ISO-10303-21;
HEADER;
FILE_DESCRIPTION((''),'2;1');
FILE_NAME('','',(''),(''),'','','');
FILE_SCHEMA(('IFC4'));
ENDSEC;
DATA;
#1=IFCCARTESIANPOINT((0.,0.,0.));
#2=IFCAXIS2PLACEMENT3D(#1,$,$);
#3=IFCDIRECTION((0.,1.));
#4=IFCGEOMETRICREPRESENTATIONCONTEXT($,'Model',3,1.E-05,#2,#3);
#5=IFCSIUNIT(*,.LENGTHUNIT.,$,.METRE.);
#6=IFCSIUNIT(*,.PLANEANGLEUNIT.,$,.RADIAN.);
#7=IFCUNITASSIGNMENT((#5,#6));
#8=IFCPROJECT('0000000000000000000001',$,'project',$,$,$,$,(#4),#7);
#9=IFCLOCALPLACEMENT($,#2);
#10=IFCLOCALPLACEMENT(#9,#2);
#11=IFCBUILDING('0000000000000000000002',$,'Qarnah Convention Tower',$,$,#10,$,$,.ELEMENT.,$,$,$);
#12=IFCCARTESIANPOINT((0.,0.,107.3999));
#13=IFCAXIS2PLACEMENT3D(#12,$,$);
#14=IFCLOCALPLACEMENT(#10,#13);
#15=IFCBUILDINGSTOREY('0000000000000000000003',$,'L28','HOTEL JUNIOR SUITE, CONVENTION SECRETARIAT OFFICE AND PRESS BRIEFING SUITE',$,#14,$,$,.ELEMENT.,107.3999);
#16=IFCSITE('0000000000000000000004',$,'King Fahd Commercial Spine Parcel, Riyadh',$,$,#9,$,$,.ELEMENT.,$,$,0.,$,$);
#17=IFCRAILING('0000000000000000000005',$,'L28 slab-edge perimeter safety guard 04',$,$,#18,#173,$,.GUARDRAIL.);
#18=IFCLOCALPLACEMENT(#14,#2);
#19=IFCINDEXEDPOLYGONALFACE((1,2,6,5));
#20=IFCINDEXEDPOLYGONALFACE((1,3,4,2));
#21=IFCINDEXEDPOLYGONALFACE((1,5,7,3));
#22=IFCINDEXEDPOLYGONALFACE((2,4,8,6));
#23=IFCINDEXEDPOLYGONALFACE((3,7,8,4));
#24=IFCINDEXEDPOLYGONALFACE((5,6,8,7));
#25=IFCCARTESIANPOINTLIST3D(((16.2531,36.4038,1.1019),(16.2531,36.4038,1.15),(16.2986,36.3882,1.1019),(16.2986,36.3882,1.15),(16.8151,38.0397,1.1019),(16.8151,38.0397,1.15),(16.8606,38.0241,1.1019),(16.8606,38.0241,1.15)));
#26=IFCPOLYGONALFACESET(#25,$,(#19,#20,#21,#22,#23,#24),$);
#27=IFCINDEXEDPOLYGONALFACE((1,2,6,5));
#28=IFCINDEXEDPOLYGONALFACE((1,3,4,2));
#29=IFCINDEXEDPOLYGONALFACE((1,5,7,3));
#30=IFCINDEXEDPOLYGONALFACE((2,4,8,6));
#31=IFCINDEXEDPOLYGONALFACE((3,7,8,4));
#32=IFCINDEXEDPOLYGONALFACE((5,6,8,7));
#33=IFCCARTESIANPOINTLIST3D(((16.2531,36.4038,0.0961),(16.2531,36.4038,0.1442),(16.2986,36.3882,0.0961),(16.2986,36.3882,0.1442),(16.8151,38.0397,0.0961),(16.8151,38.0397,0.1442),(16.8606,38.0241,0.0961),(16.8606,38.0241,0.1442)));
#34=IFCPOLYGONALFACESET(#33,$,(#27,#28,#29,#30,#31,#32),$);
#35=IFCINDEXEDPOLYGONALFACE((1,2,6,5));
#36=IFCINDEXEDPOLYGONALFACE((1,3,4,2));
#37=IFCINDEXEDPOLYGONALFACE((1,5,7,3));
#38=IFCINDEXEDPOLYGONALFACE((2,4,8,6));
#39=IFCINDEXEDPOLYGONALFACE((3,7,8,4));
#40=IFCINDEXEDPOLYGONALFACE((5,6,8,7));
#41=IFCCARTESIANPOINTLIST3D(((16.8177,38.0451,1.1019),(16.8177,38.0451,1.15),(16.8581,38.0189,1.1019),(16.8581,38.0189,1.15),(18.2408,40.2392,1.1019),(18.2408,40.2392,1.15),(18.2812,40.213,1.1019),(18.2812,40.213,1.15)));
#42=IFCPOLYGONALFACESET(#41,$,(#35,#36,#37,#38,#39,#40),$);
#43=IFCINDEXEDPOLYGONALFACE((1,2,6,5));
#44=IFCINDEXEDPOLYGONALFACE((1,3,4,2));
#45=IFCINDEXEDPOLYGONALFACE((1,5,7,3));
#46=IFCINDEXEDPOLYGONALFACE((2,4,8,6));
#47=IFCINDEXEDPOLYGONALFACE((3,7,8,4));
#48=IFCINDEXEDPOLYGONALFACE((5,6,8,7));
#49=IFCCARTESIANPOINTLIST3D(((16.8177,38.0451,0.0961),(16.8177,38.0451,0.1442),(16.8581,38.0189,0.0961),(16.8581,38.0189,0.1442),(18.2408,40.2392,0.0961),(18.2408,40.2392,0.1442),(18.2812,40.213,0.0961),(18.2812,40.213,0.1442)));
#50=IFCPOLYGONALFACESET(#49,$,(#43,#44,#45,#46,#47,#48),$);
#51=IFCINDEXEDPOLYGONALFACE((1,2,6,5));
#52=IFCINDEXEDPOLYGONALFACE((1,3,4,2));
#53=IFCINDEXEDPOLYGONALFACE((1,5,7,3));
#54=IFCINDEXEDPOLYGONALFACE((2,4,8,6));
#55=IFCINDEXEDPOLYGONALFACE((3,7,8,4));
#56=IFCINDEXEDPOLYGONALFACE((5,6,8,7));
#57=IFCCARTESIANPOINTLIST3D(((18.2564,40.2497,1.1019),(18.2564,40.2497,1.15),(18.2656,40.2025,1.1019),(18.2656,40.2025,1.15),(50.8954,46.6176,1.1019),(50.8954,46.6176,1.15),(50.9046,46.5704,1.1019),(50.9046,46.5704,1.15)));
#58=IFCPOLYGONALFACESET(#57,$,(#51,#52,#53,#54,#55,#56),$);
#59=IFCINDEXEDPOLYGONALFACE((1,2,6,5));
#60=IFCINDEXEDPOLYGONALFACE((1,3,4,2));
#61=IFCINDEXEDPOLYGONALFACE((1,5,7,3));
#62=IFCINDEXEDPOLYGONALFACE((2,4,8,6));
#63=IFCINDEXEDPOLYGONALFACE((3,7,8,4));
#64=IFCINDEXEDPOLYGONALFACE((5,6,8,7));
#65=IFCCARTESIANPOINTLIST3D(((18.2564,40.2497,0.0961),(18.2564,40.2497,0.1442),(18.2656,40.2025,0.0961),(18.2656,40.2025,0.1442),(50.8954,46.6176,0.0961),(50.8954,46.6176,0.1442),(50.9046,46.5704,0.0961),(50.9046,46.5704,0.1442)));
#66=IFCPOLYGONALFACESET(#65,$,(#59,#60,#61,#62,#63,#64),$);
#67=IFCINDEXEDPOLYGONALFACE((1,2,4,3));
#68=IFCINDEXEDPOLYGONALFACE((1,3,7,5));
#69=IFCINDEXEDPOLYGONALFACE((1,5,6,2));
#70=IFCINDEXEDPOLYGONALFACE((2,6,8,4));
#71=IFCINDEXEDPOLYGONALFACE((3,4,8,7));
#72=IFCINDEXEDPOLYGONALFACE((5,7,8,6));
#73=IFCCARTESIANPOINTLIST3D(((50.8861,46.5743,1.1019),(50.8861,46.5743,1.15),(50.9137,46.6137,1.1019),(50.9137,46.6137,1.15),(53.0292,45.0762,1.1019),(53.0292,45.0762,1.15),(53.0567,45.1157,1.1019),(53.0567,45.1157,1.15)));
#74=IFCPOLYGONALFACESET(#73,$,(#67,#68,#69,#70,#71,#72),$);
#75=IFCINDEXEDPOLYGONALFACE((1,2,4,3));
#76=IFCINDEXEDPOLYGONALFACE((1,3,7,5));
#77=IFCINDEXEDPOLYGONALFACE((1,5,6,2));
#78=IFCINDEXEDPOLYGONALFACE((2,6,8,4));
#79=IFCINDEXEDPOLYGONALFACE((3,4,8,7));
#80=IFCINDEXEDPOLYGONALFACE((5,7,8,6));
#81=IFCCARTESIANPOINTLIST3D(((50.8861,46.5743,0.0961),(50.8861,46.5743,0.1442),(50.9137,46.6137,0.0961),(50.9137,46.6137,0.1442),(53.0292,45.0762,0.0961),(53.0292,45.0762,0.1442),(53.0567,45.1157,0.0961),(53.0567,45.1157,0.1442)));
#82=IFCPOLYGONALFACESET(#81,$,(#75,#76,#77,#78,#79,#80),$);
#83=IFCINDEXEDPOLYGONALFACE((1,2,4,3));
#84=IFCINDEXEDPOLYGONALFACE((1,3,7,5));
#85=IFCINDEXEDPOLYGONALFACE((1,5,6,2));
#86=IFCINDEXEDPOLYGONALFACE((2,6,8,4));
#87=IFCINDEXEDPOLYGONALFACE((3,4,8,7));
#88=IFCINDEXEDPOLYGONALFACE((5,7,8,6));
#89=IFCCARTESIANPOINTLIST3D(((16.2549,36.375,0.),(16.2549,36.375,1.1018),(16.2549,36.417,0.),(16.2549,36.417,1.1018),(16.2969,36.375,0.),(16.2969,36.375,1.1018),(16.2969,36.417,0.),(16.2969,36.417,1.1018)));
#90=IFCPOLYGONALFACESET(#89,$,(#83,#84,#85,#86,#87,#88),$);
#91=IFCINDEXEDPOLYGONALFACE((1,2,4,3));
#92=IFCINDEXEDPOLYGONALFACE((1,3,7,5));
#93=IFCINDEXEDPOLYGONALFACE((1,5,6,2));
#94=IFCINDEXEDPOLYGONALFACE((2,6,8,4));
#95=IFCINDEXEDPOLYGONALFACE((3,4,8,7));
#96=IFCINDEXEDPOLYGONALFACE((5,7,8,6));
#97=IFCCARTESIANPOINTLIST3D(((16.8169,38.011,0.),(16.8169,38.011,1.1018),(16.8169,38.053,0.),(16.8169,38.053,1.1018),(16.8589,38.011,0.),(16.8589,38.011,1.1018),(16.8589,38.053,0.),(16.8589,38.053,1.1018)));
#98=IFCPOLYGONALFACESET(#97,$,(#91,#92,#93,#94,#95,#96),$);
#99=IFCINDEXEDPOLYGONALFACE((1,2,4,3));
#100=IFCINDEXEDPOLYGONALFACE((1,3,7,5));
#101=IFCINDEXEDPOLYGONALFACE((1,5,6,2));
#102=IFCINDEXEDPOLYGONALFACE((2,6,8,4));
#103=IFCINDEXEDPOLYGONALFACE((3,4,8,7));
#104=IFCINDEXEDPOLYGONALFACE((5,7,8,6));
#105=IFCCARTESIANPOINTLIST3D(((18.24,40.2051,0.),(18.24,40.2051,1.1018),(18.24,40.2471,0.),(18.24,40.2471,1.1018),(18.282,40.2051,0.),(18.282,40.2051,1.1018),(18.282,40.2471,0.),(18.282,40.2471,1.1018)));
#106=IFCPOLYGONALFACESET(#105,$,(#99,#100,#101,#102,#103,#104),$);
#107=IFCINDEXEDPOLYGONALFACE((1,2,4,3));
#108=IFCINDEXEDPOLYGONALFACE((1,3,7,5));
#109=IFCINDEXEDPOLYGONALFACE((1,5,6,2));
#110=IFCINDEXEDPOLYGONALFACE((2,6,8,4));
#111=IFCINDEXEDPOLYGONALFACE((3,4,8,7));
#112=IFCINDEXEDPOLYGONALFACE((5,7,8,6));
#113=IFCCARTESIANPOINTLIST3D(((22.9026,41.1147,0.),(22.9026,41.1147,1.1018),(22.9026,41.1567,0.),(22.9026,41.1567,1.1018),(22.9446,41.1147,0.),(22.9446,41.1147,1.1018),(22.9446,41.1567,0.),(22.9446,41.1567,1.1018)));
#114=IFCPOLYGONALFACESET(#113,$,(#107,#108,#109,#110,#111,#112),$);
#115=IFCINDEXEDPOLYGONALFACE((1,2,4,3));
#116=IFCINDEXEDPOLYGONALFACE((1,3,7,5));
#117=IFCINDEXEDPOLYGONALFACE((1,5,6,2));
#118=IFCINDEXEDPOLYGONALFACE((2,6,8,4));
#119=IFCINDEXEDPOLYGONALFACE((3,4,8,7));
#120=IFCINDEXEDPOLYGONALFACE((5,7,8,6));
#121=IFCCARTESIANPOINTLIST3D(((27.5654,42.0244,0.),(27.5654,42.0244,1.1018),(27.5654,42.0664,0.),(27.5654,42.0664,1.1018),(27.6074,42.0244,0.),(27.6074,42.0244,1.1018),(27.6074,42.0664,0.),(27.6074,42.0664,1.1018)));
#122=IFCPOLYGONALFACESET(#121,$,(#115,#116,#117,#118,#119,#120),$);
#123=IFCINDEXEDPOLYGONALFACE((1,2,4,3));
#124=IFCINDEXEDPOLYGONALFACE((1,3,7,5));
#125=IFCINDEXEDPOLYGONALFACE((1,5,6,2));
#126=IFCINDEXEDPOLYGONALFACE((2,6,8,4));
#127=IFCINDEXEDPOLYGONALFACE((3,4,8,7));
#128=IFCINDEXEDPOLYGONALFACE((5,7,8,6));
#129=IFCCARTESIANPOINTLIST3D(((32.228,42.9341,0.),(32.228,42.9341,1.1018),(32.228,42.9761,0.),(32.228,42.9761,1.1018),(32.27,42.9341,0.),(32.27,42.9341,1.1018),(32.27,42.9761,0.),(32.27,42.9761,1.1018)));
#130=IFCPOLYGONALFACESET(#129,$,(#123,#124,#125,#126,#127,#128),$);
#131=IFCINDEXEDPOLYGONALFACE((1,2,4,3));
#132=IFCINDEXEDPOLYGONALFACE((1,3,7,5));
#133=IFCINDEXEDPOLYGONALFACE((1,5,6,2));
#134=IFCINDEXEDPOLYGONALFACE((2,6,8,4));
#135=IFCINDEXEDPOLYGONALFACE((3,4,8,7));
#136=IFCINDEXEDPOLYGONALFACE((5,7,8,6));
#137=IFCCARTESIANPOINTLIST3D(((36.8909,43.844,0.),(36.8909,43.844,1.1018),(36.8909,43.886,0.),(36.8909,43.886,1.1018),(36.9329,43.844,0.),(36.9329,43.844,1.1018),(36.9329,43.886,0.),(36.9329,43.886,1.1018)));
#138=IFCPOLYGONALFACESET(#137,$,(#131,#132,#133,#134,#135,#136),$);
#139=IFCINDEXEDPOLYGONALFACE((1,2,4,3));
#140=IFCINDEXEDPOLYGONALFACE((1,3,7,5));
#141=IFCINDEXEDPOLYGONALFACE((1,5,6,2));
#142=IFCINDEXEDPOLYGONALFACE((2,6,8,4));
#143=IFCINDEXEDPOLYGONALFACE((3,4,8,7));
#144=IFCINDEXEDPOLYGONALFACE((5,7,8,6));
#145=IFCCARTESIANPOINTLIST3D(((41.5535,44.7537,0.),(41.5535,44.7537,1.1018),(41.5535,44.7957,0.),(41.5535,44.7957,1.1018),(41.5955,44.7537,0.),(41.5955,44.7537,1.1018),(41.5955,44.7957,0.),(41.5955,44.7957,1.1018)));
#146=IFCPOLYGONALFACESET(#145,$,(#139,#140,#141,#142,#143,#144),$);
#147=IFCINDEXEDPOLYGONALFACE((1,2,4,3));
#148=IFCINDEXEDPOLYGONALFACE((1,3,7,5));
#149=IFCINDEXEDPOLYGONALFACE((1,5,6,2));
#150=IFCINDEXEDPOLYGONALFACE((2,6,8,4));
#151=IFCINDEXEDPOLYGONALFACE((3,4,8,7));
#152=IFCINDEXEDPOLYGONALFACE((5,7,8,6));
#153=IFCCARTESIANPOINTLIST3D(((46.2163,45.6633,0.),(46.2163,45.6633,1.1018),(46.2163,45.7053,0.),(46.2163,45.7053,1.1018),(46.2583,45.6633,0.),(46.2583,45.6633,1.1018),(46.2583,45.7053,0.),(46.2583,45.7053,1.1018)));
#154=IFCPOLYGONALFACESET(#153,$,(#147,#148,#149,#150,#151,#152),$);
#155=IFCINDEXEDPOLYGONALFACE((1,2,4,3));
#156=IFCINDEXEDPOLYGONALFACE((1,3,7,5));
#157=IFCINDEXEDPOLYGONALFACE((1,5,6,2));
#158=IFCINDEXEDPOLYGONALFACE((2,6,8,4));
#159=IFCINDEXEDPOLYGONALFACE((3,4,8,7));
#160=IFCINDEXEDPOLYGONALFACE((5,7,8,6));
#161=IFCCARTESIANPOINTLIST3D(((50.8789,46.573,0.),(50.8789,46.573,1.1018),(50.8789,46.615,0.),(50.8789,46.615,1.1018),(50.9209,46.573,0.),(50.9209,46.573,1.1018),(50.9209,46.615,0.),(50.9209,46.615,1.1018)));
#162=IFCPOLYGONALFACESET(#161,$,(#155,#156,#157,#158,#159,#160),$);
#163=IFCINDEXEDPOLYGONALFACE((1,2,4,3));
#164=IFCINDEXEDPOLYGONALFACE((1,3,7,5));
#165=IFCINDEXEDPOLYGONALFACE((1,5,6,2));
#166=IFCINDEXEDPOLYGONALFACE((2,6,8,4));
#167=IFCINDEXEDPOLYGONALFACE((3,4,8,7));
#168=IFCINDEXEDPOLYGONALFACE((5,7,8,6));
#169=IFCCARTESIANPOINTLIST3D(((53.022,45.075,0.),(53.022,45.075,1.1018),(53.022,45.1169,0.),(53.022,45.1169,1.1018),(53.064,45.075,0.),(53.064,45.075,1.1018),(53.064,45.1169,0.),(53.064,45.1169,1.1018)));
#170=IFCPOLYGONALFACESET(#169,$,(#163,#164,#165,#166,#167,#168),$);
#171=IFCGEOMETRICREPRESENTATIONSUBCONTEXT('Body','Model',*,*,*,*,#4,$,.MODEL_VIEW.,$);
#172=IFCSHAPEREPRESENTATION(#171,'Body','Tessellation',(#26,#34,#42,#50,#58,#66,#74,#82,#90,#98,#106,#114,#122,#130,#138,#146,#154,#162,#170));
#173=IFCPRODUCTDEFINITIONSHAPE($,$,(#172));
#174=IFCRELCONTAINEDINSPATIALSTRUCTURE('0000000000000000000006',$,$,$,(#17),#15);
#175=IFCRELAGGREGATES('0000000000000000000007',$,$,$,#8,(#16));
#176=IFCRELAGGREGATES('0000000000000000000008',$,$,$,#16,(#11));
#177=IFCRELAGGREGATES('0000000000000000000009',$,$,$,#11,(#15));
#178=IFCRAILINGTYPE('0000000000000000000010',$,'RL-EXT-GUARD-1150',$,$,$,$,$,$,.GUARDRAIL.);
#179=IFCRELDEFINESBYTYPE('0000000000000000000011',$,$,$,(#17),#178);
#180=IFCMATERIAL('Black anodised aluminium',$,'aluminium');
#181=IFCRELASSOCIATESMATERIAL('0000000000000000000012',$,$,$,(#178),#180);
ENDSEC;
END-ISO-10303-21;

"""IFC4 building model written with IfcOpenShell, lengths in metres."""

from ifc_helpers import new_model, si_unit, direction, frame, origin, origin_2d, place, context, subcontext, project, spatial, rectangle, extrude, material, type_object, element, save


model = new_model("IFC4")

# Units and contexts
model_context = context("Model", 3, precision=1e-05, world=origin(), true_north=direction((0.0, 1.0)))
body_context = subcontext(model_context, "Body", "Model", "MODEL_VIEW")
ifc_project = project(units=[si_unit("LENGTHUNIT", "METRE"), si_unit("PLANEANGLEUNIT", "RADIAN")], contexts=[model_context])

# Site, building, storey
site_placement = place(None, origin())
site = spatial("IfcSite", under=ifc_project, at=site_placement, Name="King Fahd Commercial Spine Parcel, Riyadh", CompositionType="ELEMENT", RefElevation=0.0)
building_placement = place(site_placement, origin())
building = spatial("IfcBuilding", under=site, at=building_placement, Name="Qarnah Convention Tower", CompositionType="ELEMENT")
storey_placement = place(building_placement, frame((0.0, 0.0, 107.3999)))
storey = spatial("IfcBuildingStorey", under=building, at=storey_placement, Name="L28", Description="HOTEL JUNIOR SUITE, CONVENTION SECRETARIAT OFFICE AND PRESS BRIEFING SUITE", CompositionType="ELEMENT", Elevation=107.3999)

# Shared definitions
ifc_material_1 = material(Name="Black anodised aluminium", Category="aluminium")

# Railing
railing_type = type_object("IfcRailingType", Name="RL-EXT-GUARD-1150", PredefinedType="GUARDRAIL", material=ifc_material_1)
railing_1_placement = place(storey_placement, frame((16.2759, 36.396, 0.0)))
element("IfcRailing", 1, at=railing_1_placement, inside=storey, type_object=railing_type, Name="L28 slab-edge perimeter safety guard 04", PredefinedType="GUARDRAIL", context=body_context, shape_type="SweptSolid", body=[
    extrude(rectangle(XDim=0.0481, YDim=0.0481, at=origin_2d()), frame((0.0, 0.0, 1.126), z_axis=(0.324894, 0.94575, 0.0), x_axis=(-0.94575, 0.324894, 0.0)), (0.0, 0.0, 1.0), 1.7297),
    extrude(rectangle(XDim=0.0481, YDim=0.0481, at=origin_2d()), frame((0.0, 0.0, 0.1201), z_axis=(0.324894, 0.94575, 0.0), x_axis=(-0.94575, 0.324894, 0.0)), (0.0, 0.0, 1.0), 1.7297),
    extrude(rectangle(XDim=0.0481, YDim=0.0481, at=origin_2d()), frame((0.562, 1.636, 1.126), z_axis=(0.544164, 0.838979, 0.0), x_axis=(-0.838979, 0.544164, 0.0)), (0.0, 0.0, 1.0), 2.6152),
    extrude(rectangle(XDim=0.0481, YDim=0.0481, at=origin_2d()), frame((0.562, 1.636, 0.1201), z_axis=(0.544164, 0.838979, 0.0), x_axis=(-0.838979, 0.544164, 0.0)), (0.0, 0.0, 1.0), 2.6152),
    extrude(rectangle(XDim=0.0481, YDim=0.0481, at=origin_2d()), frame((1.9851, 3.8301, 1.126), z_axis=(0.981494, 0.191492, 0.0), x_axis=(-0.191492, 0.981494, 0.0)), (0.0, 0.0, 1.0), 33.2544),
    extrude(rectangle(XDim=0.0481, YDim=0.0481, at=origin_2d()), frame((1.9851, 3.8301, 0.1201), z_axis=(0.981494, 0.191492, 0.0), x_axis=(-0.191492, 0.981494, 0.0)), (0.0, 0.0, 1.0), 33.2544),
    extrude(rectangle(XDim=0.0481, YDim=0.0481, at=origin_2d()), frame((34.624, 10.198, 1.126), z_axis=(0.819609, -0.572923, 0.0), x_axis=(0.572923, 0.819609, 0.0)), (0.0, 0.0, 1.0), 2.6147),
    extrude(rectangle(XDim=0.0481, YDim=0.0481, at=origin_2d()), frame((34.624, 10.198, 0.1201), z_axis=(0.819609, -0.572923, 0.0), x_axis=(0.572923, 0.819609, 0.0)), (0.0, 0.0, 1.0), 2.6147),
    extrude(rectangle(XDim=0.042, YDim=0.042, at=origin_2d()), origin(), (0.0, 0.0, 1.0), 1.1018),
    extrude(rectangle(XDim=0.042, YDim=0.042, at=origin_2d()), frame((0.562, 1.636, 0.0)), (0.0, 0.0, 1.0), 1.1018),
    extrude(rectangle(XDim=0.042, YDim=0.042, at=origin_2d()), frame((1.9851, 3.8301, 0.0)), (0.0, 0.0, 1.0), 1.1018),
    extrude(rectangle(XDim=0.042, YDim=0.042, at=origin_2d()), frame((6.6477, 4.7397, 0.0)), (0.0, 0.0, 1.0), 1.1018),
    extrude(rectangle(XDim=0.042, YDim=0.042, at=origin_2d()), frame((11.3105, 5.6494, 0.0)), (0.0, 0.0, 1.0), 1.1018),
    extrude(rectangle(XDim=0.042, YDim=0.042, at=origin_2d()), frame((15.9731, 6.5591, 0.0)), (0.0, 0.0, 1.0), 1.1018),
    extrude(rectangle(XDim=0.042, YDim=0.042, at=origin_2d()), frame((20.636, 7.469, 0.0)), (0.0, 0.0, 1.0), 1.1018),
    extrude(rectangle(XDim=0.042, YDim=0.042, at=origin_2d()), frame((25.2986, 8.3787, 0.0)), (0.0, 0.0, 1.0), 1.1018),
    extrude(rectangle(XDim=0.042, YDim=0.042, at=origin_2d()), frame((29.9614, 9.2883, 0.0)), (0.0, 0.0, 1.0), 1.1018),
    extrude(rectangle(XDim=0.042, YDim=0.042, at=origin_2d()), frame((34.624, 10.198, 0.0)), (0.0, 0.0, 1.0), 1.1018),
    extrude(rectangle(XDim=0.042, YDim=0.042, at=origin_2d()), frame((36.7671, 8.7, 0.0)), (0.0, 0.0, 1.0), 1.1018),
])

save(model, "model.ifc")
